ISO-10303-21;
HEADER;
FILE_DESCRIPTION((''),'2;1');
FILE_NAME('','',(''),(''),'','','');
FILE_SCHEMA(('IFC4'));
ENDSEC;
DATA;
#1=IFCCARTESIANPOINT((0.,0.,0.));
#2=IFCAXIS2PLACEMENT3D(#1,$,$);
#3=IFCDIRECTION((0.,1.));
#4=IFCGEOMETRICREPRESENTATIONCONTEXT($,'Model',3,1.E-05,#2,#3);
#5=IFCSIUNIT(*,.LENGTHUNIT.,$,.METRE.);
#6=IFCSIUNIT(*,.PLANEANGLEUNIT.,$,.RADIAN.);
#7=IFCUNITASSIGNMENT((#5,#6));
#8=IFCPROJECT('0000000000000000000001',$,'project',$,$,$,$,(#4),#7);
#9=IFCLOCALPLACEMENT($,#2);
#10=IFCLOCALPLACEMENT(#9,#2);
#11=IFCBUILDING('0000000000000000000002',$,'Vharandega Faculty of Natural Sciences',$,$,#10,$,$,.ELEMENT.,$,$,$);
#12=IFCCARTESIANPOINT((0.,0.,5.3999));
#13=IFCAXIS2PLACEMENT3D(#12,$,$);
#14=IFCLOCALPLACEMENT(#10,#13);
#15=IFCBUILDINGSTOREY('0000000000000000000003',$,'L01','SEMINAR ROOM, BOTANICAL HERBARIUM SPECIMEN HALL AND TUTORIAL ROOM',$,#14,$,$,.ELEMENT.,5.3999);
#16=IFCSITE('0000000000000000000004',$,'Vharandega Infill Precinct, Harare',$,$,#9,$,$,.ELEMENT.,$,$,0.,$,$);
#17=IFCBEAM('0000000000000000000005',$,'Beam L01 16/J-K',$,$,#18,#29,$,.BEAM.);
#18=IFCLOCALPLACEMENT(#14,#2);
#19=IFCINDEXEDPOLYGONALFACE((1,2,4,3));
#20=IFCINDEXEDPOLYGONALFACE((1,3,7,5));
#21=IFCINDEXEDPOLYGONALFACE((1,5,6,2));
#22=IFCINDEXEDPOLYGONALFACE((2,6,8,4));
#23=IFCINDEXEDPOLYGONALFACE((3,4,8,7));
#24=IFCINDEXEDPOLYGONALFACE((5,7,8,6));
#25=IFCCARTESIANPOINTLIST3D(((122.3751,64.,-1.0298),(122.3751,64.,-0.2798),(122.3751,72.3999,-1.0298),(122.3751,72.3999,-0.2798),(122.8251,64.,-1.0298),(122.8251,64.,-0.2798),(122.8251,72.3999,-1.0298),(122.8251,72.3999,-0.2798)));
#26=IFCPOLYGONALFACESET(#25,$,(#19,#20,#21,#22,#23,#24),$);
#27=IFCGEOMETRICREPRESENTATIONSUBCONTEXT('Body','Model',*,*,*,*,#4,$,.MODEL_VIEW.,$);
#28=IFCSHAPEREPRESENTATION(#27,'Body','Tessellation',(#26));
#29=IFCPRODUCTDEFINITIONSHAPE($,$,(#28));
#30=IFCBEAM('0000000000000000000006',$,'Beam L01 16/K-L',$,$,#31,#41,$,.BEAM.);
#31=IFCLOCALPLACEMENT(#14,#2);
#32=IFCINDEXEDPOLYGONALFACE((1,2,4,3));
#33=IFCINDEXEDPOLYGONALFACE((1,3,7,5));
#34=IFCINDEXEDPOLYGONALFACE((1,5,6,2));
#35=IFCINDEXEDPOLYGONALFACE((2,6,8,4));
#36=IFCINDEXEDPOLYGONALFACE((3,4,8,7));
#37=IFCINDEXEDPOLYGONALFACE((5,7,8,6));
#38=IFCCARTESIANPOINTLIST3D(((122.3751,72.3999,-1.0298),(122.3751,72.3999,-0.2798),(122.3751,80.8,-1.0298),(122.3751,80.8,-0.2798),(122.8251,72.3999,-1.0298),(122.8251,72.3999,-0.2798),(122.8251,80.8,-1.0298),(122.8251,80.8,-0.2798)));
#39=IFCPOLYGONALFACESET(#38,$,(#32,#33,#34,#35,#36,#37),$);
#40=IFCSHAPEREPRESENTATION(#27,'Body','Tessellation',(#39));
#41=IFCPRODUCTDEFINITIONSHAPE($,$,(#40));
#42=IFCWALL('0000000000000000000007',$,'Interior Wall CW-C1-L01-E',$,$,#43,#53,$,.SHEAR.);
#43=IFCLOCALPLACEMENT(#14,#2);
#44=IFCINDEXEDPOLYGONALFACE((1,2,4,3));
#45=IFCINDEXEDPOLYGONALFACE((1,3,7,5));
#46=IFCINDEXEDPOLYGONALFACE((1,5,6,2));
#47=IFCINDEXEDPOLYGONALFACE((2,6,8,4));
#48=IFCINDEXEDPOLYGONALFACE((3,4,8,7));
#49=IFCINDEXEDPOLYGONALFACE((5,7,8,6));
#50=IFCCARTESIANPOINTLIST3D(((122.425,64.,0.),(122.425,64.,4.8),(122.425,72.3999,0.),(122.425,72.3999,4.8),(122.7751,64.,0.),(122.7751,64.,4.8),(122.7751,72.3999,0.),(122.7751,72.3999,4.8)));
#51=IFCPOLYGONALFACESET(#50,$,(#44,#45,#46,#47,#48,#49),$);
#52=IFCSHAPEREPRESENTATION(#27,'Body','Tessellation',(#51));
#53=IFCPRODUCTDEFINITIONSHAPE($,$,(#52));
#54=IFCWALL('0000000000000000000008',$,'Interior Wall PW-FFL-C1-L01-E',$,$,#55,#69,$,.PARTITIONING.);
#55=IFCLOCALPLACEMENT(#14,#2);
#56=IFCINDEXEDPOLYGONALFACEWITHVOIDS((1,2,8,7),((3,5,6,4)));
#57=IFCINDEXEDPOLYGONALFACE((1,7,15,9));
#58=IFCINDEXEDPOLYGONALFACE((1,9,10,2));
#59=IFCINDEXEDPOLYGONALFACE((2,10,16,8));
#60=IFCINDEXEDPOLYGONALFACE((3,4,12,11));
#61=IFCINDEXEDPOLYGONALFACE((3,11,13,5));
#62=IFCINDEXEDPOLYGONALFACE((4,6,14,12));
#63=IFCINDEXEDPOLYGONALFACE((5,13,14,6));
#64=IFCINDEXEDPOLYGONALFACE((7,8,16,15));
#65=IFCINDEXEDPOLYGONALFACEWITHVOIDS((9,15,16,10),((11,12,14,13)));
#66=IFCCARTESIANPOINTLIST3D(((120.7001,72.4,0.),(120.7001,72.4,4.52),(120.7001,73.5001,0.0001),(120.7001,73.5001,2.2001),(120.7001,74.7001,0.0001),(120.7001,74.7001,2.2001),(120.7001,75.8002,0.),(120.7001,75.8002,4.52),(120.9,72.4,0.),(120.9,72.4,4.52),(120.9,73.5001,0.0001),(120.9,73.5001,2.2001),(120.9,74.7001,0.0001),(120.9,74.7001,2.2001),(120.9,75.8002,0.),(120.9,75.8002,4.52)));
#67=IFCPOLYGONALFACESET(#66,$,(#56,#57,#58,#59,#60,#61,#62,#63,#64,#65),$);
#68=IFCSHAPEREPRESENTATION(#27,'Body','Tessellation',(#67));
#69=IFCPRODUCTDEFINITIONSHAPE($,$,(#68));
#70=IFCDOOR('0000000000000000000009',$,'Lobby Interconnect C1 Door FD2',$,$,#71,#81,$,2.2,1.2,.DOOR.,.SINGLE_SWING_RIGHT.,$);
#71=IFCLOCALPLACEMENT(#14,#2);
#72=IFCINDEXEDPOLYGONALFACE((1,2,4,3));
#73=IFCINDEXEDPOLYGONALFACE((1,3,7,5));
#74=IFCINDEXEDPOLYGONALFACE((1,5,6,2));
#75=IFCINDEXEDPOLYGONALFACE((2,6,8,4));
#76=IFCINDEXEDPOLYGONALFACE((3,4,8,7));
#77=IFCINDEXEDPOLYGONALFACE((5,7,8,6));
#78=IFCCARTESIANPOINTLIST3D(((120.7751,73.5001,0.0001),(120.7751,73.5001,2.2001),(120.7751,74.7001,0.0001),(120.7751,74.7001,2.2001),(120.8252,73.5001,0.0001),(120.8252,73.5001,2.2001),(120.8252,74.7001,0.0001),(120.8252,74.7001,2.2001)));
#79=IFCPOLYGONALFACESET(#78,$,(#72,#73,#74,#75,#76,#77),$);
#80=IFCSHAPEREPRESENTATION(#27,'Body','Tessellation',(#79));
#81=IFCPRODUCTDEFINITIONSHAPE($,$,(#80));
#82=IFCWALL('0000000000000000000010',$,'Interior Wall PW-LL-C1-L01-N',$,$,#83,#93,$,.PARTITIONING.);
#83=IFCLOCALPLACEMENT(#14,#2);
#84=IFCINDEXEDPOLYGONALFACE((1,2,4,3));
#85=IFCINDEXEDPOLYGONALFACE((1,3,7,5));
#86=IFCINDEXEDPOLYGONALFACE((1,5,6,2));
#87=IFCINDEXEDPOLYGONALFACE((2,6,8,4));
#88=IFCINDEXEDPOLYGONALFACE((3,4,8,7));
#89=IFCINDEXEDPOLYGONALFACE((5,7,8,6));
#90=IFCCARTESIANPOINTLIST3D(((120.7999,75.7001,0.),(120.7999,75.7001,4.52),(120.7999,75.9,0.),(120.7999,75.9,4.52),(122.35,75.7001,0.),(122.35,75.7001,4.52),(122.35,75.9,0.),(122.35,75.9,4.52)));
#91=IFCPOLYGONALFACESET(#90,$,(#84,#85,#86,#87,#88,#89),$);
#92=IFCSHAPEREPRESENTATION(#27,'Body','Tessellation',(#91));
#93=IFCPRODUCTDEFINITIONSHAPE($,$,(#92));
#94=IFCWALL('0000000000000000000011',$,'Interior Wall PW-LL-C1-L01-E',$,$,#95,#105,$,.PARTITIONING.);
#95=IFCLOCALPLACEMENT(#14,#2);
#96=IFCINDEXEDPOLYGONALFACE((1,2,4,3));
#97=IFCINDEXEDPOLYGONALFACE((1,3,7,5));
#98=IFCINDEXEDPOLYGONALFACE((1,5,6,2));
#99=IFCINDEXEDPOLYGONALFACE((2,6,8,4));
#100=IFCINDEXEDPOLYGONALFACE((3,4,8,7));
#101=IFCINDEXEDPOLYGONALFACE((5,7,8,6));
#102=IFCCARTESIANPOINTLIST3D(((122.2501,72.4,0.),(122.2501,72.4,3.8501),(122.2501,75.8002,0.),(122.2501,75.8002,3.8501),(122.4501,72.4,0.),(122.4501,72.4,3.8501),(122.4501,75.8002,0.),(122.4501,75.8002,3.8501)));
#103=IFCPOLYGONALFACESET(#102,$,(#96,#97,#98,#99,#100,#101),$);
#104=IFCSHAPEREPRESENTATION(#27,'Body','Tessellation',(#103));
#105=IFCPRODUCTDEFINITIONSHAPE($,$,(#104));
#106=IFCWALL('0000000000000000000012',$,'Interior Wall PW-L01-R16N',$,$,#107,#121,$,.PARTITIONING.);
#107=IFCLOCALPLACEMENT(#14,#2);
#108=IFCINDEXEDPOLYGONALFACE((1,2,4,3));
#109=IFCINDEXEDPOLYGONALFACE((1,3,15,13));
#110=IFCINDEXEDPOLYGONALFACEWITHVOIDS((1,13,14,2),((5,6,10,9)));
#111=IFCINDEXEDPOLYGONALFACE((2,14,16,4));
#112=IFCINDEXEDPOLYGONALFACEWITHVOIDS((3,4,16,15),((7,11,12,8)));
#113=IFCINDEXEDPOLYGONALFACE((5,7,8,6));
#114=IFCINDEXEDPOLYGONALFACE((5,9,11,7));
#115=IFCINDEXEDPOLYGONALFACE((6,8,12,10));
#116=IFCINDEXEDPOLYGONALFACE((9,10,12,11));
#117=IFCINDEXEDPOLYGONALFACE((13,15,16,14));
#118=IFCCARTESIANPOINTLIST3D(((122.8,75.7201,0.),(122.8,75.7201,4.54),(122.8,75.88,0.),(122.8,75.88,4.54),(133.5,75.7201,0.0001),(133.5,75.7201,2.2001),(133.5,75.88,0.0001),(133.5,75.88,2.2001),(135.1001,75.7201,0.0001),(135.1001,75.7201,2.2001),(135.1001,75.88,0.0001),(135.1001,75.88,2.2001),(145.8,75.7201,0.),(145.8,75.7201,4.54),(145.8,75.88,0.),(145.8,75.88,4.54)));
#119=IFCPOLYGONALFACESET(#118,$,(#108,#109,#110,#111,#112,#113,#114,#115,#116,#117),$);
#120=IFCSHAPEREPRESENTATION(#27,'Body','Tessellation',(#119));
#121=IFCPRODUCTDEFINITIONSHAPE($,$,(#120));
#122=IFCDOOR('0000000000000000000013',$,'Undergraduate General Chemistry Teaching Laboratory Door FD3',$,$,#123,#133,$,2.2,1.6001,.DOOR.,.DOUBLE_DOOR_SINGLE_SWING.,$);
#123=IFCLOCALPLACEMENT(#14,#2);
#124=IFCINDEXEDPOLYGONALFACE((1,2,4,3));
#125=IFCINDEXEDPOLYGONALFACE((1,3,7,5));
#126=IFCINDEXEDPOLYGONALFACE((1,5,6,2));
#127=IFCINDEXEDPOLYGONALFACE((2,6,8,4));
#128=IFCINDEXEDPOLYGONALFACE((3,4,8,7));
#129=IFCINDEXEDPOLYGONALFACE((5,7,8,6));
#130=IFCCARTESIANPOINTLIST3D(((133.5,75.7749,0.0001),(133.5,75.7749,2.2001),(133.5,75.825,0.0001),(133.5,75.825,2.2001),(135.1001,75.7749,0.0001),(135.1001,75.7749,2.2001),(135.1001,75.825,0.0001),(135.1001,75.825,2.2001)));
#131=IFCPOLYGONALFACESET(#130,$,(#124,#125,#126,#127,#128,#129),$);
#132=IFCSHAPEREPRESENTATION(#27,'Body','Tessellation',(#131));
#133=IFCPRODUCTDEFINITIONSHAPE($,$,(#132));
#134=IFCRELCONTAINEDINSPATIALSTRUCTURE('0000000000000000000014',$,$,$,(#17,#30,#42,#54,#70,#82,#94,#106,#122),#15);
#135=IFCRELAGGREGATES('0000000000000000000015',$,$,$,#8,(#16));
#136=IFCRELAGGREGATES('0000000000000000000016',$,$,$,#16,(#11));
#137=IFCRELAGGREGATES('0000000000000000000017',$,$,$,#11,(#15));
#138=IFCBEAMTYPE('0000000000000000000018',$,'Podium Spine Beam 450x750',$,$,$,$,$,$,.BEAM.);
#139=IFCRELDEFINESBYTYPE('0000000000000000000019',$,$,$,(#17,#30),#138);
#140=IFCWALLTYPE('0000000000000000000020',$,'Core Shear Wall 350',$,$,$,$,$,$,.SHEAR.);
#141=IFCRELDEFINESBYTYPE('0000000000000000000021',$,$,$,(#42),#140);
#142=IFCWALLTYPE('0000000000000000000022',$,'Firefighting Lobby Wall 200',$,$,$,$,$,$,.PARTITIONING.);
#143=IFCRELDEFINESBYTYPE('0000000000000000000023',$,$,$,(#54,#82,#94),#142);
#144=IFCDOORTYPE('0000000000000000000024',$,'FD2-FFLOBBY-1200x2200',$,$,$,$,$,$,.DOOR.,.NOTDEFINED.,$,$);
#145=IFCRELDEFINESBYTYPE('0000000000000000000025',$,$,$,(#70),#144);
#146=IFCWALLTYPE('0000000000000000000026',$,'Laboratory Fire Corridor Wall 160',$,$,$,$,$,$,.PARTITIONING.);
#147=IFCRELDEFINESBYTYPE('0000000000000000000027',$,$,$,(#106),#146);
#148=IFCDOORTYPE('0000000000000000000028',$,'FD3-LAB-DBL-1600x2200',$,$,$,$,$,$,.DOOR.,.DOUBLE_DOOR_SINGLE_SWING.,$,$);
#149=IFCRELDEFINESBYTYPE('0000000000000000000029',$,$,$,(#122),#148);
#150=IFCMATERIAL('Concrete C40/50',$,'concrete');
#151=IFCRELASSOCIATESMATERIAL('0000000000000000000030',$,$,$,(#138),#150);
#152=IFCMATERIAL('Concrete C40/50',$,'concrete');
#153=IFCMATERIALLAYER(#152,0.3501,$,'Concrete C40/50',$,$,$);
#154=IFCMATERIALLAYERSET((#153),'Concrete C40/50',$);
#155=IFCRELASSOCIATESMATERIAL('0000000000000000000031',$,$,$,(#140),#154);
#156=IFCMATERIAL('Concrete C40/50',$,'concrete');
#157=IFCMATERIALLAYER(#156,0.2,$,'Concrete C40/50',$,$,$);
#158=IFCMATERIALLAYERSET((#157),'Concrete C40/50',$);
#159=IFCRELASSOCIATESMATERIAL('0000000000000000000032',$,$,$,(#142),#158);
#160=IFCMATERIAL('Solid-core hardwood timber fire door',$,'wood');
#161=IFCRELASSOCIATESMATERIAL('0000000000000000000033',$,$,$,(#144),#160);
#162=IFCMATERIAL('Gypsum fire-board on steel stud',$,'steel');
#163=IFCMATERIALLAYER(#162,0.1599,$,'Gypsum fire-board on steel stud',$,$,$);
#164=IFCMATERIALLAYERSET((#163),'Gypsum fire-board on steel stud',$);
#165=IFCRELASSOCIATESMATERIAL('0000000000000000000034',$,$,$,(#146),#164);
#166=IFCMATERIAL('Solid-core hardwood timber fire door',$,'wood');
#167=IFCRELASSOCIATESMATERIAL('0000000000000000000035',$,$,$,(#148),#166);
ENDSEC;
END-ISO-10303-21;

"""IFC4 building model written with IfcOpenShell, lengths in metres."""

from ifc_helpers import new_model, si_unit, direction, frame, frame_2d, origin, origin_2d, place, context, subcontext, project, spatial, rectangle, extrude, material, layer, layer_set, material_profile, profile_set, type_object, element, fill, save


model = new_model("IFC4")

# Units and contexts
model_context = context("Model", 3, precision=1e-05, world=origin(), true_north=direction((0.0, 1.0)))
body_context = subcontext(model_context, "Body", "Model", "MODEL_VIEW")
ifc_project = project(units=[si_unit("LENGTHUNIT", "METRE"), si_unit("PLANEANGLEUNIT", "RADIAN")], contexts=[model_context])

# Site, building, storey
site_placement = place(None, origin())
site = spatial("IfcSite", under=ifc_project, at=site_placement, Name="Vharandega Infill Precinct, Harare", CompositionType="ELEMENT", RefElevation=0.0)
building_placement = place(site_placement, origin())
building = spatial("IfcBuilding", under=site, at=building_placement, Name="Vharandega Faculty of Natural Sciences", CompositionType="ELEMENT")
storey_placement = place(building_placement, frame((0.0, 0.0, 5.3999)))
storey = spatial("IfcBuildingStorey", under=building, at=storey_placement, Name="L01", Description="SEMINAR ROOM, BOTANICAL HERBARIUM SPECIMEN HALL AND TUTORIAL ROOM", CompositionType="ELEMENT", Elevation=5.3999)

# Beams
ifc_material_1 = material(Name="Concrete C40/50", Category="concrete")
ifc_material_profile_1 = material_profile(ifc_material_1, rectangle(XDim=0.45, YDim=0.75, at=origin_2d()), Name="RC 450x750")
ifc_profile_set_1 = profile_set([ifc_material_profile_1], Name="Concrete C40/50")
beam_type_1 = type_object("IfcBeamType", Name="Podium Spine Beam 450x750", PredefinedType="BEAM", material=ifc_profile_set_1)
beam_1_placement = place(storey_placement, frame((122.6001, 64.0, -0.6548), z_axis=(0.0, 1.0, 0.0), x_axis=(-1.0, 0.0, 0.0)))
element("IfcBeam", 1, at=beam_1_placement, inside=storey, type_object=beam_type_1, Name="Beam L01 16/J-K", PredefinedType="BEAM", context=body_context, shape_type="SweptSolid", body=[
    extrude(rectangle(XDim=0.45, YDim=0.75, at=origin_2d()), origin(), (0.0, 0.0, 1.0), 8.3999),
])
beam_2_placement = place(storey_placement, frame((122.6001, 72.3999, -0.6548), z_axis=(0.0, 1.0, 0.0), x_axis=(-1.0, 0.0, 0.0)))
element("IfcBeam", 2, at=beam_2_placement, inside=storey, type_object=beam_type_1, Name="Beam L01 16/K-L", PredefinedType="BEAM", context=body_context, shape_type="SweptSolid", body=[
    extrude(rectangle(XDim=0.45, YDim=0.75, at=origin_2d()), origin(), (0.0, 0.0, 1.0), 8.4001),
])

# Wall
ifc_material_2 = material(Name="Concrete C40/50", Category="concrete")
ifc_layer_1 = layer(ifc_material_2, 0.3501, Name="Concrete C40/50")
ifc_layer_set_1 = layer_set([ifc_layer_1], Name="Concrete C40/50")
wall_type_1 = type_object("IfcWallType", Name="Core Shear Wall 350", PredefinedType="SHEAR", material=ifc_layer_set_1)
wall_1_placement = place(storey_placement, frame((122.6001, 64.0, 0.0), z_axis=(0.0, 0.0, 1.0), x_axis=(0.0, 1.0, 0.0)))
element("IfcWall", 3, at=wall_1_placement, inside=storey, type_object=wall_type_1, Name="Interior Wall CW-C1-L01-E", PredefinedType="SHEAR", context=body_context, shape_type="SweptSolid", body=[
    extrude(rectangle(XDim=8.3999, YDim=0.3501, at=frame_2d((4.2, 0.0))), origin(), (0.0, 0.0, 1.0), 4.8),
])

# Wall, opening, door
ifc_material_3 = material(Name="Concrete C40/50", Category="concrete")
ifc_layer_2 = layer(ifc_material_3, 0.2, Name="Concrete C40/50")
ifc_layer_set_2 = layer_set([ifc_layer_2], Name="Concrete C40/50")
wall_type_2 = type_object("IfcWallType", Name="Firefighting Lobby Wall 200", PredefinedType="PARTITIONING", material=ifc_layer_set_2)
wall_2_placement = place(storey_placement, frame((120.8, 72.3999, 0.0), z_axis=(0.0, 0.0, 1.0), x_axis=(0.0, 1.0, 0.0)))
wall_2 = element("IfcWall", 4, at=wall_2_placement, inside=storey, type_object=wall_type_2, Name="Interior Wall PW-FFL-C1-L01-E", PredefinedType="PARTITIONING", context=body_context, shape_type="SweptSolid", body=[
    extrude(rectangle(XDim=3.4001, YDim=0.2, at=frame_2d((1.7002, 0.0))), origin(), (0.0, 0.0, 1.0), 4.52),
])
opening_1_placement = place(wall_2_placement, frame((1.1001, 0.0, 0.0)))
opening_1 = element("IfcOpeningElement", 5, at=opening_1_placement, cuts=wall_2, PredefinedType="OPENING", context=body_context, shape_type="SweptSolid", body=[
    extrude(rectangle(XDim=1.2, YDim=2.2, at=frame_2d((0.6001, 1.1001))), frame((0.0, 0.1099, 0.0), z_axis=(0.0, -1.0, 0.0), x_axis=(1.0, 0.0, 0.0)), (0.0, 0.0, 1.0), 0.22),
])
ifc_material_4 = material(Name="Solid-core hardwood timber fire door", Category="wood")
door_type_1 = type_object("IfcDoorType", Name="FD2-FFLOBBY-1200x2200", OperationType="NOTDEFINED", PredefinedType="DOOR", material=ifc_material_4)
door_1_placement = place(opening_1_placement, origin())
door_1 = element("IfcDoor", 6, at=door_1_placement, inside=storey, type_object=door_type_1, Name="Lobby Interconnect C1 Door FD2", OperationType="SINGLE_SWING_RIGHT", OverallHeight=2.2, OverallWidth=1.2, PredefinedType="DOOR", context=body_context, shape_type="SweptSolid", body=[
    extrude(rectangle(XDim=1.2, YDim=2.2, at=frame_2d((0.6001, 1.1001))), frame((0.0, 0.0249, 0.0), z_axis=(0.0, -1.0, 0.0), x_axis=(1.0, 0.0, 0.0)), (0.0, 0.0, 1.0), 0.05),
])
fill(opening_1, door_1)

# Walls
wall_3_placement = place(storey_placement, frame((120.8, 75.8, 0.0), z_axis=(0.0, 0.0, 1.0), x_axis=(1.0, 0.0, 0.0)))
element("IfcWall", 7, at=wall_3_placement, inside=storey, type_object=wall_type_2, Name="Interior Wall PW-LL-C1-L01-N", PredefinedType="PARTITIONING", context=body_context, shape_type="SweptSolid", body=[
    extrude(rectangle(XDim=1.55, YDim=0.2, at=frame_2d((0.7749, 0.0))), origin(), (0.0, 0.0, 1.0), 4.52),
])
wall_4_placement = place(storey_placement, frame((122.3501, 72.3999, 0.0), z_axis=(0.0, 0.0, 1.0), x_axis=(0.0, 1.0, 0.0)))
element("IfcWall", 8, at=wall_4_placement, inside=storey, type_object=wall_type_2, Name="Interior Wall PW-LL-C1-L01-E", PredefinedType="PARTITIONING", context=body_context, shape_type="SweptSolid", body=[
    extrude(rectangle(XDim=3.4001, YDim=0.2, at=frame_2d((1.7002, 0.0))), origin(), (0.0, 0.0, 1.0), 3.8501),
])

# Wall, opening, door
ifc_material_5 = material(Name="Gypsum fire-board on steel stud", Category="steel")
ifc_layer_3 = layer(ifc_material_5, 0.1599, Name="Gypsum fire-board on steel stud")
ifc_layer_set_3 = layer_set([ifc_layer_3], Name="Gypsum fire-board on steel stud")
wall_type_3 = type_object("IfcWallType", Name="Laboratory Fire Corridor Wall 160", PredefinedType="PARTITIONING", material=ifc_layer_set_3)
wall_5_placement = place(storey_placement, frame((122.8, 75.8, 0.0), z_axis=(0.0, 0.0, 1.0), x_axis=(1.0, 0.0, 0.0)))
wall_5 = element("IfcWall", 9, at=wall_5_placement, inside=storey, type_object=wall_type_3, Name="Interior Wall PW-L01-R16N", PredefinedType="PARTITIONING", context=body_context, shape_type="SweptSolid", body=[
    extrude(rectangle(XDim=23.0, YDim=0.1599, at=frame_2d((11.5, 0.0))), origin(), (0.0, 0.0, 1.0), 4.54),
])
opening_2_placement = place(wall_5_placement, frame((10.7, 0.0, 0.0)))
opening_2 = element("IfcOpeningElement", 10, at=opening_2_placement, cuts=wall_5, PredefinedType="OPENING", context=body_context, shape_type="SweptSolid", body=[
    extrude(rectangle(XDim=1.6001, YDim=2.2, at=frame_2d((0.8, 1.1001))), frame((0.0, 0.0898, 0.0), z_axis=(0.0, -1.0, 0.0), x_axis=(1.0, 0.0, 0.0)), (0.0, 0.0, 1.0), 0.1799),
])
ifc_material_6 = material(Name="Solid-core hardwood timber fire door", Category="wood")
door_type_2 = type_object("IfcDoorType", Name="FD3-LAB-DBL-1600x2200", OperationType="DOUBLE_DOOR_SINGLE_SWING", PredefinedType="DOOR", material=ifc_material_6)
door_2_placement = place(opening_2_placement, origin())
door_2 = element("IfcDoor", 11, at=door_2_placement, inside=storey, type_object=door_type_2, Name="Undergraduate General Chemistry Teaching Laboratory Door FD3", OperationType="DOUBLE_DOOR_SINGLE_SWING", OverallHeight=2.2, OverallWidth=1.6001, PredefinedType="DOOR", context=body_context, shape_type="SweptSolid", body=[
    extrude(rectangle(XDim=1.6001, YDim=2.2, at=frame_2d((0.8, 1.1001))), frame((0.0, 0.0249, 0.0), z_axis=(0.0, -1.0, 0.0), x_axis=(1.0, 0.0, 0.0)), (0.0, 0.0, 1.0), 0.05),
])
fill(opening_2, door_2)

save(model, "model.ifc")
